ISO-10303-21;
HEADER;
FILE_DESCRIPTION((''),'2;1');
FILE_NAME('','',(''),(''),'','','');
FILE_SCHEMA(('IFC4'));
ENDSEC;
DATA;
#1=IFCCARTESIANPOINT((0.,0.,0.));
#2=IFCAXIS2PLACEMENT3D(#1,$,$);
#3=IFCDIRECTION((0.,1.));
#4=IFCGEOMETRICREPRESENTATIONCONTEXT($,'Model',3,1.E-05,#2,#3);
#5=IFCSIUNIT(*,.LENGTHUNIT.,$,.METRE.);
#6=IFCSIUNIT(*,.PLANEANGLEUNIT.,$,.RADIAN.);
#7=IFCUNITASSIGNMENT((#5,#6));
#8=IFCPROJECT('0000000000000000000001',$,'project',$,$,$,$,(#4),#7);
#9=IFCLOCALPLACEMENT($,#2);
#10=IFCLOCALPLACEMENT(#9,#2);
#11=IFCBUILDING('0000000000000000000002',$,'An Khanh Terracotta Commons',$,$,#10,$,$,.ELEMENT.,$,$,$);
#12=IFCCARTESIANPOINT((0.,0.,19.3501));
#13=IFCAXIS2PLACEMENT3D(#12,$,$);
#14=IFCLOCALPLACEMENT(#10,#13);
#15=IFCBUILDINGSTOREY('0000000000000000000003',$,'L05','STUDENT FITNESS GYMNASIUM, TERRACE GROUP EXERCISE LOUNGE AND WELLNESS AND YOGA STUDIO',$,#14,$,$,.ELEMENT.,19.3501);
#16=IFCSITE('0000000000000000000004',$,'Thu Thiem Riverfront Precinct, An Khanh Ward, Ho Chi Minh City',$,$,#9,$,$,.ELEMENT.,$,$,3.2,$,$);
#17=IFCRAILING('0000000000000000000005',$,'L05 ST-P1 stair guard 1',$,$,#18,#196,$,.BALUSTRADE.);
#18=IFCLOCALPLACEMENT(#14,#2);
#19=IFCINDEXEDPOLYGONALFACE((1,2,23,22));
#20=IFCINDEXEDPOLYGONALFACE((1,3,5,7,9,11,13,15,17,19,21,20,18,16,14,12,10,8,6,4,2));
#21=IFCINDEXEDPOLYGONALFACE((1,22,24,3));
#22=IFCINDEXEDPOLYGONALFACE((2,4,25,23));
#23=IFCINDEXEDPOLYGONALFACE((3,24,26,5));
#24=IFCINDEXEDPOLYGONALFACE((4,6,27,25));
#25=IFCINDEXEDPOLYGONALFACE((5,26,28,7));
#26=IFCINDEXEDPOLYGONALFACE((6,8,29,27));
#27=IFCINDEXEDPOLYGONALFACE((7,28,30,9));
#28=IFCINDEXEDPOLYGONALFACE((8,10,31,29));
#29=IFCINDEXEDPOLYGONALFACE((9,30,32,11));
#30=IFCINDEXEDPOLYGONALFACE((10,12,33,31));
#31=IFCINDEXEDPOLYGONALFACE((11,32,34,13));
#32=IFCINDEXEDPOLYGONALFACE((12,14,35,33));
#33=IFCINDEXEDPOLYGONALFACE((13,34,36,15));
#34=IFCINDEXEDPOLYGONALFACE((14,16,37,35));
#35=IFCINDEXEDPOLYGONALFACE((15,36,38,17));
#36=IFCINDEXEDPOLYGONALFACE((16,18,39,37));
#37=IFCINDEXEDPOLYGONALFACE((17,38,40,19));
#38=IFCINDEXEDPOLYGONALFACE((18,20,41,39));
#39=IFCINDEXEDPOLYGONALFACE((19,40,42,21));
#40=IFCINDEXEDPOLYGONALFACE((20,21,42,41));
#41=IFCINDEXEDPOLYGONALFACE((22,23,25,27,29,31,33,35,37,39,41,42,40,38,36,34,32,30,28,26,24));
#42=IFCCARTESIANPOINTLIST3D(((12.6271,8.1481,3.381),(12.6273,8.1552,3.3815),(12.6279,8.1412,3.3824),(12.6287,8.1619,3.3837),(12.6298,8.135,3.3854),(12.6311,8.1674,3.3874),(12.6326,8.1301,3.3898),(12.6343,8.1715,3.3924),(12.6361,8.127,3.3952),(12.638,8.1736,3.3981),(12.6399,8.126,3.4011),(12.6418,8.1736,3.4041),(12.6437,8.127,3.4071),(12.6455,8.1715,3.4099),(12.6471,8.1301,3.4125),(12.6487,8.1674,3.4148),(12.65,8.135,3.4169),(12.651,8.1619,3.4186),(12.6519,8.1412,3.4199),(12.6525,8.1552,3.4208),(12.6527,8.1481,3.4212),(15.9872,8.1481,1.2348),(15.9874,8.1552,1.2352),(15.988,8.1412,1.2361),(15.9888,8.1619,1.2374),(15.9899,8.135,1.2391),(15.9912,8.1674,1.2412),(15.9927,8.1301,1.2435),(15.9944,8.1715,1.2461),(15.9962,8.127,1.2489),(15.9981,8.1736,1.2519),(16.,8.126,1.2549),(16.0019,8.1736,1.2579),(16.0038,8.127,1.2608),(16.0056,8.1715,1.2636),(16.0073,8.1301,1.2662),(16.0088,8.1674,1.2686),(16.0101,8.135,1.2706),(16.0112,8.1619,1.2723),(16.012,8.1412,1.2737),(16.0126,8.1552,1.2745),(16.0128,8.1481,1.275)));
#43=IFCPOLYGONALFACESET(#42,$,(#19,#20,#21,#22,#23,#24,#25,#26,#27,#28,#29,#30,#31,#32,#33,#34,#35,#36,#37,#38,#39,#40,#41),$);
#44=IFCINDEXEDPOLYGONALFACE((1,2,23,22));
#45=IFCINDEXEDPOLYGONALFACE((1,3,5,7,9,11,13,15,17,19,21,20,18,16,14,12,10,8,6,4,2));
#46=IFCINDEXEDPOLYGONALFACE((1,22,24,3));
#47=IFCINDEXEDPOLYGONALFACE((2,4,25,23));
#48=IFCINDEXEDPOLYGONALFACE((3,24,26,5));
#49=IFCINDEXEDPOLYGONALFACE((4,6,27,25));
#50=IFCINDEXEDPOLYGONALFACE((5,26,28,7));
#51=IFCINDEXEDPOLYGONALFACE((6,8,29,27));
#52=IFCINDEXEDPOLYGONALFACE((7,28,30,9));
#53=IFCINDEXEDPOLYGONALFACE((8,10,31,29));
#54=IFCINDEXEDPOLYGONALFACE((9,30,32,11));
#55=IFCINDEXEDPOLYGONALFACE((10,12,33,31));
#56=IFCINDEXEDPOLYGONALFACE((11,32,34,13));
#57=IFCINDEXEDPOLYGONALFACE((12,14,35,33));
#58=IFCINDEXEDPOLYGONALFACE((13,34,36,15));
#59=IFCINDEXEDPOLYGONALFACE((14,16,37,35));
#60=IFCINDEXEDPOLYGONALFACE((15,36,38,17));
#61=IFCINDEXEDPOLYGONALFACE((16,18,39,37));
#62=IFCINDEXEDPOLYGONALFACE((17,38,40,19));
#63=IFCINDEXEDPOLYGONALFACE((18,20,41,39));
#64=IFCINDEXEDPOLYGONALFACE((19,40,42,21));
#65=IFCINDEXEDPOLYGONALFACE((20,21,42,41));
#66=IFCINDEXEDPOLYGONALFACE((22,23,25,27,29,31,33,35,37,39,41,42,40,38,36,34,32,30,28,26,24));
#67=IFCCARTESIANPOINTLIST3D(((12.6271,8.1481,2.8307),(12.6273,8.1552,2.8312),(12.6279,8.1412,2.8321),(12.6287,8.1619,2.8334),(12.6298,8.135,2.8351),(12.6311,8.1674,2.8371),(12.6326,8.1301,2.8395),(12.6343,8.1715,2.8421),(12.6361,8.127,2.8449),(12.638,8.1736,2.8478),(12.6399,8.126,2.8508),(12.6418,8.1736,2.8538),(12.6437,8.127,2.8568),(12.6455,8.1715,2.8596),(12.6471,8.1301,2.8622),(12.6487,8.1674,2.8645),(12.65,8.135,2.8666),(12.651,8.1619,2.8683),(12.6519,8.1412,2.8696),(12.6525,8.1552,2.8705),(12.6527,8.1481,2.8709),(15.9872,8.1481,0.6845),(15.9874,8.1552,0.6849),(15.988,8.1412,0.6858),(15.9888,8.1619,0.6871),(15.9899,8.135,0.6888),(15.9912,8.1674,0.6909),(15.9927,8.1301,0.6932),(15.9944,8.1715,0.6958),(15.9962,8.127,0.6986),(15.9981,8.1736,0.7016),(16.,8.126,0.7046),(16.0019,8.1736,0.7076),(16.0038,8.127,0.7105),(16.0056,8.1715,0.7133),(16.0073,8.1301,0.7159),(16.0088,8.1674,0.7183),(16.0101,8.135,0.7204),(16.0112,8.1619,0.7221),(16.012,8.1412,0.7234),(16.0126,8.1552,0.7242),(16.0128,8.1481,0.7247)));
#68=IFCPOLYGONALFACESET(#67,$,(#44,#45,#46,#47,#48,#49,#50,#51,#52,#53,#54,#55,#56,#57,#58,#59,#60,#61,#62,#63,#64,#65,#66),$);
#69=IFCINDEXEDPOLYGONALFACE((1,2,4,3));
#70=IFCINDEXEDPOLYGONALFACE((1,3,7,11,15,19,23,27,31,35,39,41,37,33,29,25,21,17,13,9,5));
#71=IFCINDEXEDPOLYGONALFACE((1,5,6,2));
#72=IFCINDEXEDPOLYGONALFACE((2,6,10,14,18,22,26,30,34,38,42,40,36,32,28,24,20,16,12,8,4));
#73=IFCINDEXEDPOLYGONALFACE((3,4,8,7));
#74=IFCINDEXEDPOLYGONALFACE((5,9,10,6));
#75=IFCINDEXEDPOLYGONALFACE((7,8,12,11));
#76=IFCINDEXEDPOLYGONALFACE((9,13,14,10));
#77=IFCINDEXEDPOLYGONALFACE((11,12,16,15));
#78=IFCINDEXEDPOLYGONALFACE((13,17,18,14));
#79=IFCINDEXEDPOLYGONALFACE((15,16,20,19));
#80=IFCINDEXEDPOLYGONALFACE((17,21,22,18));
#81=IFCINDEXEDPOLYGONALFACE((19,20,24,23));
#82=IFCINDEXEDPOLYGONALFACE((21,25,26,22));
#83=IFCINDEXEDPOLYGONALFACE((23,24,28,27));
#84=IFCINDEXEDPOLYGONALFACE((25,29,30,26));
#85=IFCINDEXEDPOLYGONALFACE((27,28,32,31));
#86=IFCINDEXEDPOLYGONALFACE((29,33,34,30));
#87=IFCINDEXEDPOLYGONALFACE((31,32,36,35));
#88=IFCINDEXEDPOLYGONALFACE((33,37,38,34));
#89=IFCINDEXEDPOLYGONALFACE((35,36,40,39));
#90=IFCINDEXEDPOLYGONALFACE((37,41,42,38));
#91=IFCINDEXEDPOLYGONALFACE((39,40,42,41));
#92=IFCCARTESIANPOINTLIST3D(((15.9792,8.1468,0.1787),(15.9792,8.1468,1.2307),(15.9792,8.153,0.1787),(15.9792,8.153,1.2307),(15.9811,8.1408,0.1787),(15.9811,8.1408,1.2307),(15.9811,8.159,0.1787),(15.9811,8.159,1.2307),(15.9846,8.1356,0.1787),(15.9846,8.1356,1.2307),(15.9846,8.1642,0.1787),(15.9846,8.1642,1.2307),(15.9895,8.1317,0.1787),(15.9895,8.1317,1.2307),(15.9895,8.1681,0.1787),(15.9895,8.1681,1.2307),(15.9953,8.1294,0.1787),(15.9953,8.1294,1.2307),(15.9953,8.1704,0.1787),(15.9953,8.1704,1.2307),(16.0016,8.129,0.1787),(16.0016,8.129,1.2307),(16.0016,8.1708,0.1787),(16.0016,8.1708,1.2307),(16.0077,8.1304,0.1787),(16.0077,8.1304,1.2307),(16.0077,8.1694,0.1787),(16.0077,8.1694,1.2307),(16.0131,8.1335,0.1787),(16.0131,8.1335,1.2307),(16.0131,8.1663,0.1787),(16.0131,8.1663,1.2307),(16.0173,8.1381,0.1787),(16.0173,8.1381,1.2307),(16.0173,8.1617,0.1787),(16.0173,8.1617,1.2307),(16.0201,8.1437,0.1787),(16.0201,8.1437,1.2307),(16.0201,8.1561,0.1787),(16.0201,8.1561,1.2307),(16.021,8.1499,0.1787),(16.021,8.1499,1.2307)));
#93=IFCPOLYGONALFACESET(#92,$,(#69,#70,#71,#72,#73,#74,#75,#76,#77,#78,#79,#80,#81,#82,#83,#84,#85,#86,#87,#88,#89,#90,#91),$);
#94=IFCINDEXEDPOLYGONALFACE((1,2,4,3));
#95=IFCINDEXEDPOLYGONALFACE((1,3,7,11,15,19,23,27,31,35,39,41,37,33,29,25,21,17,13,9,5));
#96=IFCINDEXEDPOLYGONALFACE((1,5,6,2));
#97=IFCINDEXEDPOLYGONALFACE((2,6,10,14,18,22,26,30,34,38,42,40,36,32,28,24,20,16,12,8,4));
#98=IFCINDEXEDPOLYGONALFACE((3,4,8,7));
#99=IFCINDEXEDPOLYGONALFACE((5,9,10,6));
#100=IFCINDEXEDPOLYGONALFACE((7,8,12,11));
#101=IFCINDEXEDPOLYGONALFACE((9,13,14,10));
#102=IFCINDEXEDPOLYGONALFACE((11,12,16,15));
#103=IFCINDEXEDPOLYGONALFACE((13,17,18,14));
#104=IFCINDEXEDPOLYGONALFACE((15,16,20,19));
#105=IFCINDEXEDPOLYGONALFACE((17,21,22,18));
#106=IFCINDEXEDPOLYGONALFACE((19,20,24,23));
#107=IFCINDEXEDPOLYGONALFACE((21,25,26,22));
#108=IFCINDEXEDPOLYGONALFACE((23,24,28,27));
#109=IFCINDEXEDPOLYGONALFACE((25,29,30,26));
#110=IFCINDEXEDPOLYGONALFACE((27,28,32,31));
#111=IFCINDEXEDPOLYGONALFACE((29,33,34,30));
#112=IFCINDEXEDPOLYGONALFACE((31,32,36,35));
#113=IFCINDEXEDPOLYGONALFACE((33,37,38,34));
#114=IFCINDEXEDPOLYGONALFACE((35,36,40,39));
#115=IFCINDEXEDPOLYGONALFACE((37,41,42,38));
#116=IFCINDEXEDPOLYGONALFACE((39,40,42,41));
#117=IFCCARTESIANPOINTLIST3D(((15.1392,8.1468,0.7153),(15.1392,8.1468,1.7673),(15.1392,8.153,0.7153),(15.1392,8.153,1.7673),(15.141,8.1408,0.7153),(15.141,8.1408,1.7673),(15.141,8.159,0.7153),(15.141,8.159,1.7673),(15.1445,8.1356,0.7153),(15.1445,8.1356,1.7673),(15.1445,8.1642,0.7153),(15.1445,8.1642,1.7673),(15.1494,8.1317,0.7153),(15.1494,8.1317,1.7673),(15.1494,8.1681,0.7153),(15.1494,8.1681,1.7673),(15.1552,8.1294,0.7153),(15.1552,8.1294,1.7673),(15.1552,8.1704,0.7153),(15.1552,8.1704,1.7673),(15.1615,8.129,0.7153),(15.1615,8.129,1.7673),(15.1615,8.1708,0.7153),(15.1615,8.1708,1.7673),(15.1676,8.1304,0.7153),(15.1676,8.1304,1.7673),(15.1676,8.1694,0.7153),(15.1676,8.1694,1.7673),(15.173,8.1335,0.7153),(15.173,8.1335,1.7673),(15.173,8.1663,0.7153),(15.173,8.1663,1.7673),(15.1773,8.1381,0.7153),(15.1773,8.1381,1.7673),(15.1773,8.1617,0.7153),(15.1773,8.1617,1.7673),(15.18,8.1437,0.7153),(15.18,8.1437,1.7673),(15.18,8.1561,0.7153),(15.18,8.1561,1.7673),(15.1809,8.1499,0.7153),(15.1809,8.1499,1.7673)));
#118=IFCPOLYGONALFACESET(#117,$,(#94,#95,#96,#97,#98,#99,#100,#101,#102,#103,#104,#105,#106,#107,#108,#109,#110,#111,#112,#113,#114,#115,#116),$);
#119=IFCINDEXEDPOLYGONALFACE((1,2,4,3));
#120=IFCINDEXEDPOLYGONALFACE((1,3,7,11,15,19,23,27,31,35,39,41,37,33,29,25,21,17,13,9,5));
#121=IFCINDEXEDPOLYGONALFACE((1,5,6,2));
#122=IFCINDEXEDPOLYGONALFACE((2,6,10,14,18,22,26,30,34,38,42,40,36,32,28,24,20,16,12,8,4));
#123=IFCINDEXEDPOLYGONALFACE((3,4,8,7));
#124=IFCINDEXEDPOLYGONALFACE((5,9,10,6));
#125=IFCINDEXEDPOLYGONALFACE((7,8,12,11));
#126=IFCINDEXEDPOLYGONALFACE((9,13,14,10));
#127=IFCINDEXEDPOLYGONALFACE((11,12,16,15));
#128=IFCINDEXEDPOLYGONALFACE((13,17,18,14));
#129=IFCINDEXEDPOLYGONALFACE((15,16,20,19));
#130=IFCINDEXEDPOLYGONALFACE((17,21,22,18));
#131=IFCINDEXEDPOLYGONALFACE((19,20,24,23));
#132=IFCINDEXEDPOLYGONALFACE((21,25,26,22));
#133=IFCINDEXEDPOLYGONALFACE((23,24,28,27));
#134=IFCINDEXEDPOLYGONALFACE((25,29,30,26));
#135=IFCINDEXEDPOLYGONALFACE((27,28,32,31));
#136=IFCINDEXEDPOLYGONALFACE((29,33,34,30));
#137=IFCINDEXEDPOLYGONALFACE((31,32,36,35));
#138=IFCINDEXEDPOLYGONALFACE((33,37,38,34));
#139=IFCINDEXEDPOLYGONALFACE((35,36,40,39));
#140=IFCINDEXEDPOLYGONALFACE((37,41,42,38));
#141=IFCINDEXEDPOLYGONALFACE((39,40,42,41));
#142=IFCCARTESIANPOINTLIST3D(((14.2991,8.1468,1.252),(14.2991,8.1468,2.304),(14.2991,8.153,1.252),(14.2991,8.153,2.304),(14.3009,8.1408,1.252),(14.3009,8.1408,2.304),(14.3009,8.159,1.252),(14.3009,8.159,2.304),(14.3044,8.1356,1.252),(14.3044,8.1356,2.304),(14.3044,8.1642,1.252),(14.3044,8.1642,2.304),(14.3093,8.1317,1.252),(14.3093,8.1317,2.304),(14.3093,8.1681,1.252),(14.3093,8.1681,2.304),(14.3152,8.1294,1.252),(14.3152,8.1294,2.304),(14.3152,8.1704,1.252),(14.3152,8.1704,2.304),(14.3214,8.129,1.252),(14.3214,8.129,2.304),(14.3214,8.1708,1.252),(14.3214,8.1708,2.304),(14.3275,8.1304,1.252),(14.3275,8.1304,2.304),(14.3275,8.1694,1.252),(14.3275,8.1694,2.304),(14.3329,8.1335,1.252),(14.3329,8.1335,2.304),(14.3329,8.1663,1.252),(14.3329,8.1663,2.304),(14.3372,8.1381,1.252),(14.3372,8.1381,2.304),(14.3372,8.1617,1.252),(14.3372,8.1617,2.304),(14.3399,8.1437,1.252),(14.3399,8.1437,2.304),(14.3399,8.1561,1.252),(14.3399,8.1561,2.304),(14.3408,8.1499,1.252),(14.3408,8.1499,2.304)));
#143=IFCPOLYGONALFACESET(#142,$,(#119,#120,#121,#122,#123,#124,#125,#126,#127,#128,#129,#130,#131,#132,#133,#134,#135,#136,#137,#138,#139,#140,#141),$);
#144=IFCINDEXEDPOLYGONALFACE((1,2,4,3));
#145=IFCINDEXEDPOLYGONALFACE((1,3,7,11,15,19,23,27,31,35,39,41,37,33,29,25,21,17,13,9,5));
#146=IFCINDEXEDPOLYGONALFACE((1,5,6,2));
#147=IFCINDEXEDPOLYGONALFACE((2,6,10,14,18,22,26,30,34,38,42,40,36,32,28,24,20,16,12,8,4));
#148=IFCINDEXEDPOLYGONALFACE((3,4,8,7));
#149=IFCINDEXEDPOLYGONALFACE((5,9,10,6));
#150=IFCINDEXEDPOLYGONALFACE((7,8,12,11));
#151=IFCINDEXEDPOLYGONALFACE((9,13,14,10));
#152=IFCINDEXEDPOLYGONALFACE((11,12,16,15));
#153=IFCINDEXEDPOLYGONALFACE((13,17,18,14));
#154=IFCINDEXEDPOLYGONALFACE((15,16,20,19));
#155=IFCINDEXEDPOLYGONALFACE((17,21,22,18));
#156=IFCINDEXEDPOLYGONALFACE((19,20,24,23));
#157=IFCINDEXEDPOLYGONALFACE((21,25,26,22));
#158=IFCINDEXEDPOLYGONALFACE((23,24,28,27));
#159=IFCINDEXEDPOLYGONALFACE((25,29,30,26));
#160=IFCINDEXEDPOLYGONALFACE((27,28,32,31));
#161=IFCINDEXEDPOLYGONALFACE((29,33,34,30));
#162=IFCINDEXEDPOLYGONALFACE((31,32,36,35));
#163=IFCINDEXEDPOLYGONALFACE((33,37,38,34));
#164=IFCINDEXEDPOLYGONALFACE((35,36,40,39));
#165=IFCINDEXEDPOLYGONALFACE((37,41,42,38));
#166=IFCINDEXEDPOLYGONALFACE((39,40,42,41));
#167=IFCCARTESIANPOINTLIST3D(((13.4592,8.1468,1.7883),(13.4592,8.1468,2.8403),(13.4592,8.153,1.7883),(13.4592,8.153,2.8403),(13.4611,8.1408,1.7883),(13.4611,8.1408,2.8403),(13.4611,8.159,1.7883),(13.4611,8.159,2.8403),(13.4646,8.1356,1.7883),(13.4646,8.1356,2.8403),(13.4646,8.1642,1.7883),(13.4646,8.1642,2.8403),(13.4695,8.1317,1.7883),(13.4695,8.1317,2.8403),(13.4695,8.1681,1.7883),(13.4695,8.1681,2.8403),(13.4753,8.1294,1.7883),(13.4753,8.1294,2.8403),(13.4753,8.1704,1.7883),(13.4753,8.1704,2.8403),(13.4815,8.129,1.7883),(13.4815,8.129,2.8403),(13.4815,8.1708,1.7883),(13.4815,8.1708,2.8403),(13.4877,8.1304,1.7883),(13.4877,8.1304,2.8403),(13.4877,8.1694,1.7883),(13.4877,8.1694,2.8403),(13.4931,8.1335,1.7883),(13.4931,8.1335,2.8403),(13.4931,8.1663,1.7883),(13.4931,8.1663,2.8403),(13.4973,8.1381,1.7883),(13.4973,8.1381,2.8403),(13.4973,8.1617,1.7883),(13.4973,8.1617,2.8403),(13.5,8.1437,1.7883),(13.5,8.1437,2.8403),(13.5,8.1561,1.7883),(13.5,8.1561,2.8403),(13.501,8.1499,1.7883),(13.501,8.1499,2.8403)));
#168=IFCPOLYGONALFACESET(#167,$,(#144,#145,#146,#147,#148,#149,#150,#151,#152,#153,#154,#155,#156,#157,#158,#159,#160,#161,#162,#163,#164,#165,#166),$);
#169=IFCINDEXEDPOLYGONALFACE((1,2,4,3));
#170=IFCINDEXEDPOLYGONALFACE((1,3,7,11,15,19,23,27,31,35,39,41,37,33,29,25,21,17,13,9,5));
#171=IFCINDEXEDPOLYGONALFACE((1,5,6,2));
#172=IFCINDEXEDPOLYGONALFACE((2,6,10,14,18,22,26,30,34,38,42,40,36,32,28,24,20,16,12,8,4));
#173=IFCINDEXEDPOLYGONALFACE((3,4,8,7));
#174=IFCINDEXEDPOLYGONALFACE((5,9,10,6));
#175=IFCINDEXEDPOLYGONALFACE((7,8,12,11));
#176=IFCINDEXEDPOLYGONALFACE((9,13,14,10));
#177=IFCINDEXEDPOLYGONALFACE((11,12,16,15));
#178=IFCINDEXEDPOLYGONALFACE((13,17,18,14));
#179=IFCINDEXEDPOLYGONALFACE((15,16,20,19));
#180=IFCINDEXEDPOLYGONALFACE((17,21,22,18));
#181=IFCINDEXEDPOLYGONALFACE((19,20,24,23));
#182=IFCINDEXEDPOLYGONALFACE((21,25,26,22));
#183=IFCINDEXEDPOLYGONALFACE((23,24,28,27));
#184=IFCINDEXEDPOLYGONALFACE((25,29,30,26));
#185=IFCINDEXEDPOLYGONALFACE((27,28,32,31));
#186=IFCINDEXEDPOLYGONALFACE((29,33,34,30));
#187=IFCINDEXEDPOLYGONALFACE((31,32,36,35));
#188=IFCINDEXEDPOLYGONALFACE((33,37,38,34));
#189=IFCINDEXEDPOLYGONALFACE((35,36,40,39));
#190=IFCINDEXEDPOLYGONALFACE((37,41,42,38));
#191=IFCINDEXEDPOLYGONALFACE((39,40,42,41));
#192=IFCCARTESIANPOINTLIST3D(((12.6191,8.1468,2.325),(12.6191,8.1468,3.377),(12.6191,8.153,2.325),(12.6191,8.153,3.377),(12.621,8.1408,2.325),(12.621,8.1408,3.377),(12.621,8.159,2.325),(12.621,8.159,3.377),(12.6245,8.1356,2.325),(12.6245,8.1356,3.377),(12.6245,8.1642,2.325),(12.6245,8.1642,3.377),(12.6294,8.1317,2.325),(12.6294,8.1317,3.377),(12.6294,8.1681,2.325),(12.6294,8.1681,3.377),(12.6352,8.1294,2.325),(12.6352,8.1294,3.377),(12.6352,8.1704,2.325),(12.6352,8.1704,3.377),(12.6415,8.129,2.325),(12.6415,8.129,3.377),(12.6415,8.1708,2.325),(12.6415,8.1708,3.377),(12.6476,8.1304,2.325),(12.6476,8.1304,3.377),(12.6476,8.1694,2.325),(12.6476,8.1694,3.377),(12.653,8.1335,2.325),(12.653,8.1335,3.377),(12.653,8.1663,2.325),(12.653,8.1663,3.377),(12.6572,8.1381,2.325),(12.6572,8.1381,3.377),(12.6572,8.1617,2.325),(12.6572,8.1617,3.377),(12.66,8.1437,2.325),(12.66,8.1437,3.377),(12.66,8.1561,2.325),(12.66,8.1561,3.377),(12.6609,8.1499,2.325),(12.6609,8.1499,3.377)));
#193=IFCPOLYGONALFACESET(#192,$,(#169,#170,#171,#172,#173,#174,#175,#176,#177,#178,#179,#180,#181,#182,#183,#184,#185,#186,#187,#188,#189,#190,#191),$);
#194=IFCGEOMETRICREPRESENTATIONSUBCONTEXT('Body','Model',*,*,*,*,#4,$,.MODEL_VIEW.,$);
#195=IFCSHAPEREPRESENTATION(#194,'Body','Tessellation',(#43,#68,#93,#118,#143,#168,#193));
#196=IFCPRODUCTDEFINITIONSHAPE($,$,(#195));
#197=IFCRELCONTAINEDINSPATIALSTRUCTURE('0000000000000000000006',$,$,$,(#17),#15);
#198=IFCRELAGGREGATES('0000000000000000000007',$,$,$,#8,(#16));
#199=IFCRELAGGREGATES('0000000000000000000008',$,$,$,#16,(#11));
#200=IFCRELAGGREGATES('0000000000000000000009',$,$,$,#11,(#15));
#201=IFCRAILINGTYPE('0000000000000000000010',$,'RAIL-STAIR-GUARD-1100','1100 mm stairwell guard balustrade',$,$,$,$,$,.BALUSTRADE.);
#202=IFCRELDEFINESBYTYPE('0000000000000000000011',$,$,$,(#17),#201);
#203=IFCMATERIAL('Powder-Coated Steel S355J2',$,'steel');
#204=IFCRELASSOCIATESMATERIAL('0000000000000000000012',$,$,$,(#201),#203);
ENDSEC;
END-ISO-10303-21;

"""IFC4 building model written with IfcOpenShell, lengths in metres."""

from ifc_helpers import new_model, si_unit, direction, frame, origin, origin_2d, place, context, subcontext, project, spatial, circle, extrude, material, type_object, element, save


model = new_model("IFC4")

# Units and contexts
model_context = context("Model", 3, precision=1e-05, world=origin(), true_north=direction((0.0, 1.0)))
body_context = subcontext(model_context, "Body", "Model", "MODEL_VIEW")
ifc_project = project(units=[si_unit("LENGTHUNIT", "METRE"), si_unit("PLANEANGLEUNIT", "RADIAN")], contexts=[model_context])

# Site, building, storey
site_placement = place(None, origin())
site = spatial("IfcSite", under=ifc_project, at=site_placement, Name="Thu Thiem Riverfront Precinct, An Khanh Ward, Ho Chi Minh City", CompositionType="ELEMENT", RefElevation=3.2)
building_placement = place(site_placement, origin())
building = spatial("IfcBuilding", under=site, at=building_placement, Name="An Khanh Terracotta Commons", CompositionType="ELEMENT")
storey_placement = place(building_placement, frame((0.0, 0.0, 19.3501)))
storey = spatial("IfcBuildingStorey", under=building, at=storey_placement, Name="L05", Description="STUDENT FITNESS GYMNASIUM, TERRACE GROUP EXERCISE LOUNGE AND WELLNESS AND YOGA STUDIO", CompositionType="ELEMENT", Elevation=19.3501)

# Railing
ifc_material_1 = material(Name="Powder-Coated Steel S355J2", Category="steel")
railing_type_1 = type_object("IfcRailingType", Name="RAIL-STAIR-GUARD-1100", Description="1100 mm stairwell guard balustrade", PredefinedType="BALUSTRADE", material=ifc_material_1)
railing_1_placement = place(storey_placement, frame((16.0, 8.1499, 0.1787)))
element("IfcRailing", 1, at=railing_1_placement, inside=storey, type_object=railing_type_1, Name="L05 ST-P1 stair guard 1", PredefinedType="BALUSTRADE", context=body_context, shape_type="SweptSolid", body=[
    extrude(circle(Radius=0.0239, at=origin_2d()), frame((0.0, 0.0, 1.0762), z_axis=(-0.842753, 0.0, 0.538301), x_axis=(0.0, -1.0, 0.0)), (0.0, 0.0, 1.0), 3.9871),
    extrude(circle(Radius=0.0239, at=origin_2d()), frame((0.0, 0.0, 0.5259), z_axis=(-0.842753, 0.0, 0.538301), x_axis=(0.0, -1.0, 0.0)), (0.0, 0.0, 1.0), 3.9871),
    extrude(circle(Radius=0.021, at=origin_2d()), origin(), (0.0, 0.0, 1.0), 1.052),
    extrude(circle(Radius=0.021, at=origin_2d()), frame((-0.8401, 0.0, 0.5366)), (0.0, 0.0, 1.0), 1.052),
    extrude(circle(Radius=0.021, at=origin_2d()), frame((-1.6802, 0.0, 1.0732)), (0.0, 0.0, 1.0), 1.052),
    extrude(circle(Radius=0.021, at=origin_2d()), frame((-2.52, 0.0, 1.6096)), (0.0, 0.0, 1.0), 1.052),
    extrude(circle(Radius=0.021, at=origin_2d()), frame((-3.3601, 0.0, 2.1462)), (0.0, 0.0, 1.0), 1.052),
])

save(model, "model.ifc")
